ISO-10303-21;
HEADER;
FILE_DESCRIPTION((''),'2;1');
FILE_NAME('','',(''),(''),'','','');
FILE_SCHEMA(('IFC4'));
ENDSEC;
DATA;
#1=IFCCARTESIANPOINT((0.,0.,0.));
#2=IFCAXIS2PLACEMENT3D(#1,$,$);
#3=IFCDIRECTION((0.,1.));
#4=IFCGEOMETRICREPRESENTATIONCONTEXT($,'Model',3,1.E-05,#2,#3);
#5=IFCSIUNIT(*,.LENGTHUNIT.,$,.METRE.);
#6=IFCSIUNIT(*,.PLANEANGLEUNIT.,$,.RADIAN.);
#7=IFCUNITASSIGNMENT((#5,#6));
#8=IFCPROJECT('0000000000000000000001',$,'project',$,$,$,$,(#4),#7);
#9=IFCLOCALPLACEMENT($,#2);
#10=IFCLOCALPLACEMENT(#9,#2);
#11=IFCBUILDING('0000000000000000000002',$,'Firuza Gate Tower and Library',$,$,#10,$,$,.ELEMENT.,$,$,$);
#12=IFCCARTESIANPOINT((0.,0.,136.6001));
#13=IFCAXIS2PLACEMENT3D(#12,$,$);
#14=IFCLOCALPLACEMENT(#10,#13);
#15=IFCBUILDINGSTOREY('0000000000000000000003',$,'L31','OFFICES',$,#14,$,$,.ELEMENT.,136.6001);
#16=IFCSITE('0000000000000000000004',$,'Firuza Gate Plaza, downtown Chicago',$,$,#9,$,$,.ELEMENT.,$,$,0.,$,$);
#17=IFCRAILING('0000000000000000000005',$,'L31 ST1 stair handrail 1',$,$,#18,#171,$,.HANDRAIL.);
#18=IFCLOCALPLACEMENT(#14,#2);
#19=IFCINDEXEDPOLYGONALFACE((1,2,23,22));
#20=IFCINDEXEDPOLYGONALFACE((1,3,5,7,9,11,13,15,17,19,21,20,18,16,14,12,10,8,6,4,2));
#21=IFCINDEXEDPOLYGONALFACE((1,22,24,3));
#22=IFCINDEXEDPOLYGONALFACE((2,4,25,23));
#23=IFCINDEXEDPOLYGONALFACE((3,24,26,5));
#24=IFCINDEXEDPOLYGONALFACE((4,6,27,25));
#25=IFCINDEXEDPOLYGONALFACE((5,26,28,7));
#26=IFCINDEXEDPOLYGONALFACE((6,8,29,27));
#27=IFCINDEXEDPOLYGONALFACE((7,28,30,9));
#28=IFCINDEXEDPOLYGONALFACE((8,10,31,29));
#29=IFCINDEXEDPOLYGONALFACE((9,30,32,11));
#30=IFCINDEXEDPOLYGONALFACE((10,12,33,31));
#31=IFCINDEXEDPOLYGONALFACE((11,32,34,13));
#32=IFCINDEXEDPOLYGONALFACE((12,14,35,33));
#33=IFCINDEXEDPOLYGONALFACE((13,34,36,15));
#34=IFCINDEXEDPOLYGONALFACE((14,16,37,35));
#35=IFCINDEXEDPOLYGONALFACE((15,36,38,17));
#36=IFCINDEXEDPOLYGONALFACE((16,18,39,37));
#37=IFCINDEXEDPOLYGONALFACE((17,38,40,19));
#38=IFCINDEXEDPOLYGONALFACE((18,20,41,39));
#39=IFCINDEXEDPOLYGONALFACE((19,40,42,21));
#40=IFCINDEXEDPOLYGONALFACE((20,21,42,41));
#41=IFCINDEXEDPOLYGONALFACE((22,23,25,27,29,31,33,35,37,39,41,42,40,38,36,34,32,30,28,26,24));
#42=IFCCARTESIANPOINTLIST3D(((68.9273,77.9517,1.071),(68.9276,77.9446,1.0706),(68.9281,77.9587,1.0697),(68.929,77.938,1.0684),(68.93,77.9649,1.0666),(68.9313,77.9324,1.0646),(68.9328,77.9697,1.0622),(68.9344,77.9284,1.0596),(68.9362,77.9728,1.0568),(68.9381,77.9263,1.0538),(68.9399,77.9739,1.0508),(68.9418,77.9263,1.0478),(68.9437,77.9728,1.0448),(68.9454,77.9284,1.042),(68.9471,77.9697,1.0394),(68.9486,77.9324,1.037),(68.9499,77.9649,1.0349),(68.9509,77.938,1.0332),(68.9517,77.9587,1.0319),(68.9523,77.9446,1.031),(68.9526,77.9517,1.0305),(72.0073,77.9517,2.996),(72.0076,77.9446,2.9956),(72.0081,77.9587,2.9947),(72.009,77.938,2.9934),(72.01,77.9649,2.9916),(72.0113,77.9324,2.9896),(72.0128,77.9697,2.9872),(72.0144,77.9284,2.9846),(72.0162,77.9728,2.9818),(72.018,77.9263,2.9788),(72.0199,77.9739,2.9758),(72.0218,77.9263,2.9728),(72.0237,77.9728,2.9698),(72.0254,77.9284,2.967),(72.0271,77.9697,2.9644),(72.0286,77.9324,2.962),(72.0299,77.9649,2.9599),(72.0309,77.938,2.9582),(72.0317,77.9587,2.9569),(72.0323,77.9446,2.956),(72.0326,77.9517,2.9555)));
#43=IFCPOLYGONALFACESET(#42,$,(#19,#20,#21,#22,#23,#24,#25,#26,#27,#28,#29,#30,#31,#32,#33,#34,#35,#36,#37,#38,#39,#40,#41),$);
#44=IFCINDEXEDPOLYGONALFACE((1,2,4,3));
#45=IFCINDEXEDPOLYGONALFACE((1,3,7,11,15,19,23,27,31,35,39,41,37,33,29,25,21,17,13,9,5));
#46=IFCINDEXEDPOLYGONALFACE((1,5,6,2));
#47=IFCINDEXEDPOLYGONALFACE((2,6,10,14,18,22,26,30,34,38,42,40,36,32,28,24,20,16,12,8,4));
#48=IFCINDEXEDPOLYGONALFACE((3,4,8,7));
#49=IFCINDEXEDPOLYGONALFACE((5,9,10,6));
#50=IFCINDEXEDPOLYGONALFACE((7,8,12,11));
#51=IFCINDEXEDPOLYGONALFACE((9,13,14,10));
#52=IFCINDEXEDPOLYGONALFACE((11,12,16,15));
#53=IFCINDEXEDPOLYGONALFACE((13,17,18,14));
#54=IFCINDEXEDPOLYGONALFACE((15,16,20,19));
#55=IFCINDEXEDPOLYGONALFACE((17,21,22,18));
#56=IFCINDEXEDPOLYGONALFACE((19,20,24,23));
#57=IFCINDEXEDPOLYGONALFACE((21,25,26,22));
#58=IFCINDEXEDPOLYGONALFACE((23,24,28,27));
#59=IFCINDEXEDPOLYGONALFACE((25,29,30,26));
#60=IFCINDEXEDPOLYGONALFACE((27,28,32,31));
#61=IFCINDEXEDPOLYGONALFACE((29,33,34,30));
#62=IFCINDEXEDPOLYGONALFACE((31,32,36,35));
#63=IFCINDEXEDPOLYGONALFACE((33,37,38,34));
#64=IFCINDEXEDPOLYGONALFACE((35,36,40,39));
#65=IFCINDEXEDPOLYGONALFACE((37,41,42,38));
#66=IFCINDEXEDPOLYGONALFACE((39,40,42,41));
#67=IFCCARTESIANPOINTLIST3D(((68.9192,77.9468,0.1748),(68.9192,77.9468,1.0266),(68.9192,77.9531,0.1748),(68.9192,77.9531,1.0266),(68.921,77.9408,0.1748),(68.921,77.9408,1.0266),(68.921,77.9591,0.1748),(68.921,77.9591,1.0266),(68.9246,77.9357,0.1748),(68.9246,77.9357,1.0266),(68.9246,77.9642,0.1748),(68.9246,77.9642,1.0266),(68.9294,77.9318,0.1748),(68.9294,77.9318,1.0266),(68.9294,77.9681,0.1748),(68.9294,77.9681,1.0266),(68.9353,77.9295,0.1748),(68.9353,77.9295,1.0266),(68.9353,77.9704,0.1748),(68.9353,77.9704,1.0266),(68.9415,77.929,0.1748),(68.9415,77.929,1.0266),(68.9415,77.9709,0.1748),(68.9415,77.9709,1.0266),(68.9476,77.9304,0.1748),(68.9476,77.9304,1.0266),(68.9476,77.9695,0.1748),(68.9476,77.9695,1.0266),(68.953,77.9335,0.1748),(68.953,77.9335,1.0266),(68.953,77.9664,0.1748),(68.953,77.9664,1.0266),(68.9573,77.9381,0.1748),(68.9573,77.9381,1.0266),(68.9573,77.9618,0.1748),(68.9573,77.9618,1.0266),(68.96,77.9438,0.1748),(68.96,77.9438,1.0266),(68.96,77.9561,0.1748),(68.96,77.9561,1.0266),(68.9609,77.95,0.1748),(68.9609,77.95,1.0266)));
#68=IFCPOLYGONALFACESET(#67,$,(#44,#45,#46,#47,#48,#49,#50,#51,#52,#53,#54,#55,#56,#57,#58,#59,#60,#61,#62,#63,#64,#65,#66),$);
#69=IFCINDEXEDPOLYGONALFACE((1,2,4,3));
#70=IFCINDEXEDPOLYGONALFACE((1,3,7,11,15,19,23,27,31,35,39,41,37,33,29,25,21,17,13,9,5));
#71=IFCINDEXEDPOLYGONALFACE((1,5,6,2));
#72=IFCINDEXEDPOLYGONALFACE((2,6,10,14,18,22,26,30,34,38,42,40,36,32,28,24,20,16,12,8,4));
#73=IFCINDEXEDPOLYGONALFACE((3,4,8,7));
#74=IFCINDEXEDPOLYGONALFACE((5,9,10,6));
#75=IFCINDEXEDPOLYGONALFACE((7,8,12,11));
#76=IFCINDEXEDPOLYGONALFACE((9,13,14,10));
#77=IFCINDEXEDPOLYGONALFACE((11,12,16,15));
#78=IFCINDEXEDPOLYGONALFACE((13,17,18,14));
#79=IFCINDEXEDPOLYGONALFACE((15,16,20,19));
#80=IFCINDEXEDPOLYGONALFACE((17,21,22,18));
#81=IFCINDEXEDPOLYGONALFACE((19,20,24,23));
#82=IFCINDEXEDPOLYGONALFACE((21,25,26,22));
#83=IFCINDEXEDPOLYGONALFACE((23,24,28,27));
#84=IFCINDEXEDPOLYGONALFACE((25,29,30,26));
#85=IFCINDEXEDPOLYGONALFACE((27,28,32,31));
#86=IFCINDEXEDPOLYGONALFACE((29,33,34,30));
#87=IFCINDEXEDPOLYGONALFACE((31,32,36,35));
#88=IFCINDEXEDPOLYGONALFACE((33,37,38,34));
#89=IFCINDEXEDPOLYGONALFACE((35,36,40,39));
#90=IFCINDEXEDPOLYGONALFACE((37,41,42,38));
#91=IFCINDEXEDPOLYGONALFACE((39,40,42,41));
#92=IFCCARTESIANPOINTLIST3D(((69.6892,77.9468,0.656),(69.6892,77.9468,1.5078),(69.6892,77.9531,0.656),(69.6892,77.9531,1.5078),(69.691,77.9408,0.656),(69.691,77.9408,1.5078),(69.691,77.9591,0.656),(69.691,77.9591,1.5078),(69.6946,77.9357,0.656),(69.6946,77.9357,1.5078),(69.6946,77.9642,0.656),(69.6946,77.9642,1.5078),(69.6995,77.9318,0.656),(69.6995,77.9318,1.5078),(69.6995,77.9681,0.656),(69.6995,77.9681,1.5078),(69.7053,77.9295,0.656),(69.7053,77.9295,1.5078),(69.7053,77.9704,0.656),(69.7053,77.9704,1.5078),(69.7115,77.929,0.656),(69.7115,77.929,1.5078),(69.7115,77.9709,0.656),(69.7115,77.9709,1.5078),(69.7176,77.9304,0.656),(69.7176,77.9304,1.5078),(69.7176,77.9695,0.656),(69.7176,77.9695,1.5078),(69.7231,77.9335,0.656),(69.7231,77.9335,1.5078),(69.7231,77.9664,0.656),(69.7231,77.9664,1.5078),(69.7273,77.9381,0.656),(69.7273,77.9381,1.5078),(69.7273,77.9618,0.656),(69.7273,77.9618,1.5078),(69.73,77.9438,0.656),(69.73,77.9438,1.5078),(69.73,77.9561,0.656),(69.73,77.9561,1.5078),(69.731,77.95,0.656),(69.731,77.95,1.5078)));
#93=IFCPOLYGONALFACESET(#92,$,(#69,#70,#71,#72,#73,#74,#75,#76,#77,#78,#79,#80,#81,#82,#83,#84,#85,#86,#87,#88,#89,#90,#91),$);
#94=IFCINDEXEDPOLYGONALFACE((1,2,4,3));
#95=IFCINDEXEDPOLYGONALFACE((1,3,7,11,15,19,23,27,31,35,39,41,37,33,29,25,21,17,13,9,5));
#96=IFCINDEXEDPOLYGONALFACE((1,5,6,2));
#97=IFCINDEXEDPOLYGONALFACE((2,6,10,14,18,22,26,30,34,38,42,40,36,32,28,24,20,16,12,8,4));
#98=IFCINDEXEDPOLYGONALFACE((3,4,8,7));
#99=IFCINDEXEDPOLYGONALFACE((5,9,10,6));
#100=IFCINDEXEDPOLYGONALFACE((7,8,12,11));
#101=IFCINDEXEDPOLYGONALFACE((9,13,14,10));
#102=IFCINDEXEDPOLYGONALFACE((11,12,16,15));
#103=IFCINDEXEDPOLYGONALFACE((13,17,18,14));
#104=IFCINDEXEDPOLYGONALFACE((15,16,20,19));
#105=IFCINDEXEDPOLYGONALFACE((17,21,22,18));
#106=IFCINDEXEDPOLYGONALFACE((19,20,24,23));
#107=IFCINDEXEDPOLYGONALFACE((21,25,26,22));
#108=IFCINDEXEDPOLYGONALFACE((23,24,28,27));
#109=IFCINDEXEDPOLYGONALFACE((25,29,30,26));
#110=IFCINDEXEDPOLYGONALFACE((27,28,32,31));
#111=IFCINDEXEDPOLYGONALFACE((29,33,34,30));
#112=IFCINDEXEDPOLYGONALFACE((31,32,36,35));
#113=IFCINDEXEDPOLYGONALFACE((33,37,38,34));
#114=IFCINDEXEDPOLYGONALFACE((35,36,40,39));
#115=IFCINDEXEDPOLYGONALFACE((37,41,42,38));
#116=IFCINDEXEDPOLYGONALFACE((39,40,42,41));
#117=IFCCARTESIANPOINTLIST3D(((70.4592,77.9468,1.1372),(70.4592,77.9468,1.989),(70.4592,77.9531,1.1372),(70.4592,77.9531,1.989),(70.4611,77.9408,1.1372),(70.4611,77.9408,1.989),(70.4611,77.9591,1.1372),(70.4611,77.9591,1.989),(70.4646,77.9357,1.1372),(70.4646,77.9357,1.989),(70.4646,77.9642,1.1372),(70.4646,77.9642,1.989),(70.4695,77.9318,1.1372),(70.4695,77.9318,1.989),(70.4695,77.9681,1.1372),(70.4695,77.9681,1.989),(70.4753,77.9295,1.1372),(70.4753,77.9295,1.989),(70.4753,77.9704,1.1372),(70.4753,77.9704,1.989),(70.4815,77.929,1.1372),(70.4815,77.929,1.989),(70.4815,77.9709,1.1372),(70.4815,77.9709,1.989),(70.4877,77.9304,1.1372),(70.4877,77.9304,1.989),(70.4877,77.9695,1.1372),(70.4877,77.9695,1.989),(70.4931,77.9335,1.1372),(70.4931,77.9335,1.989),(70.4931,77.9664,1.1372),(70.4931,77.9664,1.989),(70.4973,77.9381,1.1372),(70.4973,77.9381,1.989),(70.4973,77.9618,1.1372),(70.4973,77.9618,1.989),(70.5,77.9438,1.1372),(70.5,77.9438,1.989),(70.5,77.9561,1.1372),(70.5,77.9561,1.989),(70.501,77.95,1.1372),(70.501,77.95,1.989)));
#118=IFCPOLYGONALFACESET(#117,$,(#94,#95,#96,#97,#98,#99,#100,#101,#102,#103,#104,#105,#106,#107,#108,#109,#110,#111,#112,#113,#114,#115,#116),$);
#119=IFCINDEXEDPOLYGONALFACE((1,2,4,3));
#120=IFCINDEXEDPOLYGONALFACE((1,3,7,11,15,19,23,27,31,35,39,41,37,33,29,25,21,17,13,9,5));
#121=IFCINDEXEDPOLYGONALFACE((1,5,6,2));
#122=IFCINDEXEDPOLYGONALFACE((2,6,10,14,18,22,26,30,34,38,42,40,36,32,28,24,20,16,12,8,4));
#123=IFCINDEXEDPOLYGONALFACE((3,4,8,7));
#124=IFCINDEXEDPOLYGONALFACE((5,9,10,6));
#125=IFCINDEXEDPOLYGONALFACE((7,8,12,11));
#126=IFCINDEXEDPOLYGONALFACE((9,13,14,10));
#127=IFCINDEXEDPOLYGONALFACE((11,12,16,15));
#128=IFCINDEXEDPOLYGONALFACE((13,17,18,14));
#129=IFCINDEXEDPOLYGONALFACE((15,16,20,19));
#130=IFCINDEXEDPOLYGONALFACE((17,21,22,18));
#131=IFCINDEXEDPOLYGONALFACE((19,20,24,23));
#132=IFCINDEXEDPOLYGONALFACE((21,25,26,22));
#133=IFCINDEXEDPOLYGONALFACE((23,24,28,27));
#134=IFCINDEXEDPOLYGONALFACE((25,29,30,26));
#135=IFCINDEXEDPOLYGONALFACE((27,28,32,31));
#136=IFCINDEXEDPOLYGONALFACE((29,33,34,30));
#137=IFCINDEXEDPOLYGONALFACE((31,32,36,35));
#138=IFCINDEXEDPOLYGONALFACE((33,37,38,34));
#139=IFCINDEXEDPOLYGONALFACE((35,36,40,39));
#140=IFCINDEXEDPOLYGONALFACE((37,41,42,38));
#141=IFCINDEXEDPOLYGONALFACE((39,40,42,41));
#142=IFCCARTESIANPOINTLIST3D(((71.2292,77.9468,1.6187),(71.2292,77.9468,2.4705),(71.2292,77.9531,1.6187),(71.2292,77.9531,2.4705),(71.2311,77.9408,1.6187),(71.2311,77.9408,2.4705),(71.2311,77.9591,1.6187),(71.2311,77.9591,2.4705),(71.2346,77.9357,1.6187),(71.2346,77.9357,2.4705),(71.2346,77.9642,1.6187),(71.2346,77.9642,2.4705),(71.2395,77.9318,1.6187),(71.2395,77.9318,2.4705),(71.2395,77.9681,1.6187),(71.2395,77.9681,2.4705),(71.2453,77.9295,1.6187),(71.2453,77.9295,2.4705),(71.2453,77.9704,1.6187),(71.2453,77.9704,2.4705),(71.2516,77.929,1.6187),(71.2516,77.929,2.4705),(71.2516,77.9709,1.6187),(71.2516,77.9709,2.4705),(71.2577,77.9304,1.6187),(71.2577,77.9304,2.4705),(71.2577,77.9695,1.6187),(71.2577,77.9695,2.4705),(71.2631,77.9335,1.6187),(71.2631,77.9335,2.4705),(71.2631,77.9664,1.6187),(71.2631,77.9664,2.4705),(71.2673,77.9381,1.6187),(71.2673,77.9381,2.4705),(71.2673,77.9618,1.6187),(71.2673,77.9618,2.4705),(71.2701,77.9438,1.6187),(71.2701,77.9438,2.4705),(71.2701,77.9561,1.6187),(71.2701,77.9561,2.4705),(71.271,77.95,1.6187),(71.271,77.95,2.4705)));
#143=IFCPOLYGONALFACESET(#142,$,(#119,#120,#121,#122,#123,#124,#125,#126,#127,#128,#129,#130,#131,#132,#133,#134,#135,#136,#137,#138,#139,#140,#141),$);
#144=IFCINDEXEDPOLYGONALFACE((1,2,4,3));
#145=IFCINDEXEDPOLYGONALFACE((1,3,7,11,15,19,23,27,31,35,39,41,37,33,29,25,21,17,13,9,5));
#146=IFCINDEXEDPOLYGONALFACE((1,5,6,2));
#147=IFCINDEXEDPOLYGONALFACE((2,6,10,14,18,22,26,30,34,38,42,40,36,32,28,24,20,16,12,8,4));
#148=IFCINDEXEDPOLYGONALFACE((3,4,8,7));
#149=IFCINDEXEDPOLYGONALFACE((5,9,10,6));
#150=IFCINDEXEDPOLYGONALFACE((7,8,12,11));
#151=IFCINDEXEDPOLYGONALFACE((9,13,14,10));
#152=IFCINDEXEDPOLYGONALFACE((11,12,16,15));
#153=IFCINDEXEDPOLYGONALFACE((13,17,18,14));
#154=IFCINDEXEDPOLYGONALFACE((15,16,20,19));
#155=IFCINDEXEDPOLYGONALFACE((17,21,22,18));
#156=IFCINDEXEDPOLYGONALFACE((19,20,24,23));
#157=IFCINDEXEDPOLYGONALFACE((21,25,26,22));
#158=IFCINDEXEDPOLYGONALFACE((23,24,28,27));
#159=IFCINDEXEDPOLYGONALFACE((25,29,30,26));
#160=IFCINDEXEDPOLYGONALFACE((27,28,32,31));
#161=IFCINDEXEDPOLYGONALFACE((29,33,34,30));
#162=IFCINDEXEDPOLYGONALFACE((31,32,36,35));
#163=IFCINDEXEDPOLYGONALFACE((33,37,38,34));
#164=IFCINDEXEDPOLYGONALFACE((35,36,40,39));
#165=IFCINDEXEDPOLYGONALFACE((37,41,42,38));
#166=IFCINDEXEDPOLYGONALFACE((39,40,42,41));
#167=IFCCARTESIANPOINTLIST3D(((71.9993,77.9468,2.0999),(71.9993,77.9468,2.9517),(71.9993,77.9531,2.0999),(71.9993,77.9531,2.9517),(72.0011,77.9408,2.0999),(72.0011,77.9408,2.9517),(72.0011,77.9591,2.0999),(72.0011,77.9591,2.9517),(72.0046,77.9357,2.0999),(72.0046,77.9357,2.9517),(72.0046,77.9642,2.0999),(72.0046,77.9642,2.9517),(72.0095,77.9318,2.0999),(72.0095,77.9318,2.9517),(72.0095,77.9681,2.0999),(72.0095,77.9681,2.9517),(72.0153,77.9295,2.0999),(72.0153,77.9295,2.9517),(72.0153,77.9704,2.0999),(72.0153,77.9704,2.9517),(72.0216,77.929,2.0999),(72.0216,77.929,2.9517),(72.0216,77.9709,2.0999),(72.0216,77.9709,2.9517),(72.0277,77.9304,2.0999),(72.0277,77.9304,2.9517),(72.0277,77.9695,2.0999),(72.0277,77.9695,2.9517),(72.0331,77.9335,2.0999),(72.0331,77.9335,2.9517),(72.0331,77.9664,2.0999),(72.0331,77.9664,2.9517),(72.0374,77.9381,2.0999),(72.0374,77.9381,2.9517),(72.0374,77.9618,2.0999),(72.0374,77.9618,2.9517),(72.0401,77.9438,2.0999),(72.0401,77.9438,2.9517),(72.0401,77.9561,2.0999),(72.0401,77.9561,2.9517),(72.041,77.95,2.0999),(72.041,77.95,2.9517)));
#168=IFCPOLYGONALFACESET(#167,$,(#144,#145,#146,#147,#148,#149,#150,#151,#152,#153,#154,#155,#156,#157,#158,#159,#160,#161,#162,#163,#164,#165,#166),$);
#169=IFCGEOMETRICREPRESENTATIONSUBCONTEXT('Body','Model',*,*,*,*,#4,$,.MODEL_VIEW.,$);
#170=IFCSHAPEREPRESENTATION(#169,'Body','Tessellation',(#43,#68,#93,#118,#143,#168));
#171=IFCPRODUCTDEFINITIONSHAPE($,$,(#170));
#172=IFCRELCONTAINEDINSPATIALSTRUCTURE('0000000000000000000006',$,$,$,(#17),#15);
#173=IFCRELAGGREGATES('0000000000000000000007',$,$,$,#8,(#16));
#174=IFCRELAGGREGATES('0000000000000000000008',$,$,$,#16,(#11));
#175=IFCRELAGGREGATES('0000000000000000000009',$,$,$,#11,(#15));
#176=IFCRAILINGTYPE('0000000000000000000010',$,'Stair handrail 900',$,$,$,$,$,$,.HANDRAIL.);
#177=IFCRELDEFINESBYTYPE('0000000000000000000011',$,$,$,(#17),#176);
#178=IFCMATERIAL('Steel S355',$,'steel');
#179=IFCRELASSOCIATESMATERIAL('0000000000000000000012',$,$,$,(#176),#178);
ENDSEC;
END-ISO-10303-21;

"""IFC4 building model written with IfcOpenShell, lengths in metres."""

from ifc_helpers import new_model, si_unit, direction, frame, origin, origin_2d, place, context, subcontext, project, spatial, circle, extrude, material, type_object, element, save


model = new_model("IFC4")

# Units and contexts
model_context = context("Model", 3, precision=1e-05, world=origin(), true_north=direction((0.0, 1.0)))
body_context = subcontext(model_context, "Body", "Model", "MODEL_VIEW")
ifc_project = project(units=[si_unit("LENGTHUNIT", "METRE"), si_unit("PLANEANGLEUNIT", "RADIAN")], contexts=[model_context])

# Site, building, storey
site_placement = place(None, origin())
site = spatial("IfcSite", under=ifc_project, at=site_placement, Name="Firuza Gate Plaza, downtown Chicago", CompositionType="ELEMENT", RefElevation=0.0)
building_placement = place(site_placement, origin())
building = spatial("IfcBuilding", under=site, at=building_placement, Name="Firuza Gate Tower and Library", CompositionType="ELEMENT")
storey_placement = place(building_placement, frame((0.0, 0.0, 136.6001)))
storey = spatial("IfcBuildingStorey", under=building, at=storey_placement, Name="L31", Description="OFFICES", CompositionType="ELEMENT", Elevation=136.6001)

# Railing
ifc_material_1 = material(Name="Steel S355", Category="steel")
railing_type_1 = type_object("IfcRailingType", Name="Stair handrail 900", PredefinedType="HANDRAIL", material=ifc_material_1)
railing_1_placement = place(storey_placement, frame((68.9399, 77.95, 0.1748)))
element("IfcRailing", 1, at=railing_1_placement, inside=storey, type_object=railing_type_1, Name="L31 ST1 stair handrail 1", PredefinedType="HANDRAIL", context=body_context, shape_type="SweptSolid", body=[
    extrude(circle(Radius=0.0239, at=origin_2d()), frame((0.0, 0.0, 0.876), z_axis=(0.847998, 0.0, 0.529999), x_axis=(0.0, 1.0, 0.0)), (0.0, 0.0, 1.0), 3.6321),
    extrude(circle(Radius=0.021, at=origin_2d()), origin(), (0.0, 0.0, 1.0), 0.8518),
    extrude(circle(Radius=0.021, at=origin_2d()), frame((0.77, 0.0, 0.4812)), (0.0, 0.0, 1.0), 0.8518),
    extrude(circle(Radius=0.021, at=origin_2d()), frame((1.54, 0.0, 0.9624)), (0.0, 0.0, 1.0), 0.8518),
    extrude(circle(Radius=0.021, at=origin_2d()), frame((2.3101, 0.0, 1.4438)), (0.0, 0.0, 1.0), 0.8518),
    extrude(circle(Radius=0.021, at=origin_2d()), frame((3.0801, 0.0, 1.925)), (0.0, 0.0, 1.0), 0.8518),
])

save(model, "model.ifc")
